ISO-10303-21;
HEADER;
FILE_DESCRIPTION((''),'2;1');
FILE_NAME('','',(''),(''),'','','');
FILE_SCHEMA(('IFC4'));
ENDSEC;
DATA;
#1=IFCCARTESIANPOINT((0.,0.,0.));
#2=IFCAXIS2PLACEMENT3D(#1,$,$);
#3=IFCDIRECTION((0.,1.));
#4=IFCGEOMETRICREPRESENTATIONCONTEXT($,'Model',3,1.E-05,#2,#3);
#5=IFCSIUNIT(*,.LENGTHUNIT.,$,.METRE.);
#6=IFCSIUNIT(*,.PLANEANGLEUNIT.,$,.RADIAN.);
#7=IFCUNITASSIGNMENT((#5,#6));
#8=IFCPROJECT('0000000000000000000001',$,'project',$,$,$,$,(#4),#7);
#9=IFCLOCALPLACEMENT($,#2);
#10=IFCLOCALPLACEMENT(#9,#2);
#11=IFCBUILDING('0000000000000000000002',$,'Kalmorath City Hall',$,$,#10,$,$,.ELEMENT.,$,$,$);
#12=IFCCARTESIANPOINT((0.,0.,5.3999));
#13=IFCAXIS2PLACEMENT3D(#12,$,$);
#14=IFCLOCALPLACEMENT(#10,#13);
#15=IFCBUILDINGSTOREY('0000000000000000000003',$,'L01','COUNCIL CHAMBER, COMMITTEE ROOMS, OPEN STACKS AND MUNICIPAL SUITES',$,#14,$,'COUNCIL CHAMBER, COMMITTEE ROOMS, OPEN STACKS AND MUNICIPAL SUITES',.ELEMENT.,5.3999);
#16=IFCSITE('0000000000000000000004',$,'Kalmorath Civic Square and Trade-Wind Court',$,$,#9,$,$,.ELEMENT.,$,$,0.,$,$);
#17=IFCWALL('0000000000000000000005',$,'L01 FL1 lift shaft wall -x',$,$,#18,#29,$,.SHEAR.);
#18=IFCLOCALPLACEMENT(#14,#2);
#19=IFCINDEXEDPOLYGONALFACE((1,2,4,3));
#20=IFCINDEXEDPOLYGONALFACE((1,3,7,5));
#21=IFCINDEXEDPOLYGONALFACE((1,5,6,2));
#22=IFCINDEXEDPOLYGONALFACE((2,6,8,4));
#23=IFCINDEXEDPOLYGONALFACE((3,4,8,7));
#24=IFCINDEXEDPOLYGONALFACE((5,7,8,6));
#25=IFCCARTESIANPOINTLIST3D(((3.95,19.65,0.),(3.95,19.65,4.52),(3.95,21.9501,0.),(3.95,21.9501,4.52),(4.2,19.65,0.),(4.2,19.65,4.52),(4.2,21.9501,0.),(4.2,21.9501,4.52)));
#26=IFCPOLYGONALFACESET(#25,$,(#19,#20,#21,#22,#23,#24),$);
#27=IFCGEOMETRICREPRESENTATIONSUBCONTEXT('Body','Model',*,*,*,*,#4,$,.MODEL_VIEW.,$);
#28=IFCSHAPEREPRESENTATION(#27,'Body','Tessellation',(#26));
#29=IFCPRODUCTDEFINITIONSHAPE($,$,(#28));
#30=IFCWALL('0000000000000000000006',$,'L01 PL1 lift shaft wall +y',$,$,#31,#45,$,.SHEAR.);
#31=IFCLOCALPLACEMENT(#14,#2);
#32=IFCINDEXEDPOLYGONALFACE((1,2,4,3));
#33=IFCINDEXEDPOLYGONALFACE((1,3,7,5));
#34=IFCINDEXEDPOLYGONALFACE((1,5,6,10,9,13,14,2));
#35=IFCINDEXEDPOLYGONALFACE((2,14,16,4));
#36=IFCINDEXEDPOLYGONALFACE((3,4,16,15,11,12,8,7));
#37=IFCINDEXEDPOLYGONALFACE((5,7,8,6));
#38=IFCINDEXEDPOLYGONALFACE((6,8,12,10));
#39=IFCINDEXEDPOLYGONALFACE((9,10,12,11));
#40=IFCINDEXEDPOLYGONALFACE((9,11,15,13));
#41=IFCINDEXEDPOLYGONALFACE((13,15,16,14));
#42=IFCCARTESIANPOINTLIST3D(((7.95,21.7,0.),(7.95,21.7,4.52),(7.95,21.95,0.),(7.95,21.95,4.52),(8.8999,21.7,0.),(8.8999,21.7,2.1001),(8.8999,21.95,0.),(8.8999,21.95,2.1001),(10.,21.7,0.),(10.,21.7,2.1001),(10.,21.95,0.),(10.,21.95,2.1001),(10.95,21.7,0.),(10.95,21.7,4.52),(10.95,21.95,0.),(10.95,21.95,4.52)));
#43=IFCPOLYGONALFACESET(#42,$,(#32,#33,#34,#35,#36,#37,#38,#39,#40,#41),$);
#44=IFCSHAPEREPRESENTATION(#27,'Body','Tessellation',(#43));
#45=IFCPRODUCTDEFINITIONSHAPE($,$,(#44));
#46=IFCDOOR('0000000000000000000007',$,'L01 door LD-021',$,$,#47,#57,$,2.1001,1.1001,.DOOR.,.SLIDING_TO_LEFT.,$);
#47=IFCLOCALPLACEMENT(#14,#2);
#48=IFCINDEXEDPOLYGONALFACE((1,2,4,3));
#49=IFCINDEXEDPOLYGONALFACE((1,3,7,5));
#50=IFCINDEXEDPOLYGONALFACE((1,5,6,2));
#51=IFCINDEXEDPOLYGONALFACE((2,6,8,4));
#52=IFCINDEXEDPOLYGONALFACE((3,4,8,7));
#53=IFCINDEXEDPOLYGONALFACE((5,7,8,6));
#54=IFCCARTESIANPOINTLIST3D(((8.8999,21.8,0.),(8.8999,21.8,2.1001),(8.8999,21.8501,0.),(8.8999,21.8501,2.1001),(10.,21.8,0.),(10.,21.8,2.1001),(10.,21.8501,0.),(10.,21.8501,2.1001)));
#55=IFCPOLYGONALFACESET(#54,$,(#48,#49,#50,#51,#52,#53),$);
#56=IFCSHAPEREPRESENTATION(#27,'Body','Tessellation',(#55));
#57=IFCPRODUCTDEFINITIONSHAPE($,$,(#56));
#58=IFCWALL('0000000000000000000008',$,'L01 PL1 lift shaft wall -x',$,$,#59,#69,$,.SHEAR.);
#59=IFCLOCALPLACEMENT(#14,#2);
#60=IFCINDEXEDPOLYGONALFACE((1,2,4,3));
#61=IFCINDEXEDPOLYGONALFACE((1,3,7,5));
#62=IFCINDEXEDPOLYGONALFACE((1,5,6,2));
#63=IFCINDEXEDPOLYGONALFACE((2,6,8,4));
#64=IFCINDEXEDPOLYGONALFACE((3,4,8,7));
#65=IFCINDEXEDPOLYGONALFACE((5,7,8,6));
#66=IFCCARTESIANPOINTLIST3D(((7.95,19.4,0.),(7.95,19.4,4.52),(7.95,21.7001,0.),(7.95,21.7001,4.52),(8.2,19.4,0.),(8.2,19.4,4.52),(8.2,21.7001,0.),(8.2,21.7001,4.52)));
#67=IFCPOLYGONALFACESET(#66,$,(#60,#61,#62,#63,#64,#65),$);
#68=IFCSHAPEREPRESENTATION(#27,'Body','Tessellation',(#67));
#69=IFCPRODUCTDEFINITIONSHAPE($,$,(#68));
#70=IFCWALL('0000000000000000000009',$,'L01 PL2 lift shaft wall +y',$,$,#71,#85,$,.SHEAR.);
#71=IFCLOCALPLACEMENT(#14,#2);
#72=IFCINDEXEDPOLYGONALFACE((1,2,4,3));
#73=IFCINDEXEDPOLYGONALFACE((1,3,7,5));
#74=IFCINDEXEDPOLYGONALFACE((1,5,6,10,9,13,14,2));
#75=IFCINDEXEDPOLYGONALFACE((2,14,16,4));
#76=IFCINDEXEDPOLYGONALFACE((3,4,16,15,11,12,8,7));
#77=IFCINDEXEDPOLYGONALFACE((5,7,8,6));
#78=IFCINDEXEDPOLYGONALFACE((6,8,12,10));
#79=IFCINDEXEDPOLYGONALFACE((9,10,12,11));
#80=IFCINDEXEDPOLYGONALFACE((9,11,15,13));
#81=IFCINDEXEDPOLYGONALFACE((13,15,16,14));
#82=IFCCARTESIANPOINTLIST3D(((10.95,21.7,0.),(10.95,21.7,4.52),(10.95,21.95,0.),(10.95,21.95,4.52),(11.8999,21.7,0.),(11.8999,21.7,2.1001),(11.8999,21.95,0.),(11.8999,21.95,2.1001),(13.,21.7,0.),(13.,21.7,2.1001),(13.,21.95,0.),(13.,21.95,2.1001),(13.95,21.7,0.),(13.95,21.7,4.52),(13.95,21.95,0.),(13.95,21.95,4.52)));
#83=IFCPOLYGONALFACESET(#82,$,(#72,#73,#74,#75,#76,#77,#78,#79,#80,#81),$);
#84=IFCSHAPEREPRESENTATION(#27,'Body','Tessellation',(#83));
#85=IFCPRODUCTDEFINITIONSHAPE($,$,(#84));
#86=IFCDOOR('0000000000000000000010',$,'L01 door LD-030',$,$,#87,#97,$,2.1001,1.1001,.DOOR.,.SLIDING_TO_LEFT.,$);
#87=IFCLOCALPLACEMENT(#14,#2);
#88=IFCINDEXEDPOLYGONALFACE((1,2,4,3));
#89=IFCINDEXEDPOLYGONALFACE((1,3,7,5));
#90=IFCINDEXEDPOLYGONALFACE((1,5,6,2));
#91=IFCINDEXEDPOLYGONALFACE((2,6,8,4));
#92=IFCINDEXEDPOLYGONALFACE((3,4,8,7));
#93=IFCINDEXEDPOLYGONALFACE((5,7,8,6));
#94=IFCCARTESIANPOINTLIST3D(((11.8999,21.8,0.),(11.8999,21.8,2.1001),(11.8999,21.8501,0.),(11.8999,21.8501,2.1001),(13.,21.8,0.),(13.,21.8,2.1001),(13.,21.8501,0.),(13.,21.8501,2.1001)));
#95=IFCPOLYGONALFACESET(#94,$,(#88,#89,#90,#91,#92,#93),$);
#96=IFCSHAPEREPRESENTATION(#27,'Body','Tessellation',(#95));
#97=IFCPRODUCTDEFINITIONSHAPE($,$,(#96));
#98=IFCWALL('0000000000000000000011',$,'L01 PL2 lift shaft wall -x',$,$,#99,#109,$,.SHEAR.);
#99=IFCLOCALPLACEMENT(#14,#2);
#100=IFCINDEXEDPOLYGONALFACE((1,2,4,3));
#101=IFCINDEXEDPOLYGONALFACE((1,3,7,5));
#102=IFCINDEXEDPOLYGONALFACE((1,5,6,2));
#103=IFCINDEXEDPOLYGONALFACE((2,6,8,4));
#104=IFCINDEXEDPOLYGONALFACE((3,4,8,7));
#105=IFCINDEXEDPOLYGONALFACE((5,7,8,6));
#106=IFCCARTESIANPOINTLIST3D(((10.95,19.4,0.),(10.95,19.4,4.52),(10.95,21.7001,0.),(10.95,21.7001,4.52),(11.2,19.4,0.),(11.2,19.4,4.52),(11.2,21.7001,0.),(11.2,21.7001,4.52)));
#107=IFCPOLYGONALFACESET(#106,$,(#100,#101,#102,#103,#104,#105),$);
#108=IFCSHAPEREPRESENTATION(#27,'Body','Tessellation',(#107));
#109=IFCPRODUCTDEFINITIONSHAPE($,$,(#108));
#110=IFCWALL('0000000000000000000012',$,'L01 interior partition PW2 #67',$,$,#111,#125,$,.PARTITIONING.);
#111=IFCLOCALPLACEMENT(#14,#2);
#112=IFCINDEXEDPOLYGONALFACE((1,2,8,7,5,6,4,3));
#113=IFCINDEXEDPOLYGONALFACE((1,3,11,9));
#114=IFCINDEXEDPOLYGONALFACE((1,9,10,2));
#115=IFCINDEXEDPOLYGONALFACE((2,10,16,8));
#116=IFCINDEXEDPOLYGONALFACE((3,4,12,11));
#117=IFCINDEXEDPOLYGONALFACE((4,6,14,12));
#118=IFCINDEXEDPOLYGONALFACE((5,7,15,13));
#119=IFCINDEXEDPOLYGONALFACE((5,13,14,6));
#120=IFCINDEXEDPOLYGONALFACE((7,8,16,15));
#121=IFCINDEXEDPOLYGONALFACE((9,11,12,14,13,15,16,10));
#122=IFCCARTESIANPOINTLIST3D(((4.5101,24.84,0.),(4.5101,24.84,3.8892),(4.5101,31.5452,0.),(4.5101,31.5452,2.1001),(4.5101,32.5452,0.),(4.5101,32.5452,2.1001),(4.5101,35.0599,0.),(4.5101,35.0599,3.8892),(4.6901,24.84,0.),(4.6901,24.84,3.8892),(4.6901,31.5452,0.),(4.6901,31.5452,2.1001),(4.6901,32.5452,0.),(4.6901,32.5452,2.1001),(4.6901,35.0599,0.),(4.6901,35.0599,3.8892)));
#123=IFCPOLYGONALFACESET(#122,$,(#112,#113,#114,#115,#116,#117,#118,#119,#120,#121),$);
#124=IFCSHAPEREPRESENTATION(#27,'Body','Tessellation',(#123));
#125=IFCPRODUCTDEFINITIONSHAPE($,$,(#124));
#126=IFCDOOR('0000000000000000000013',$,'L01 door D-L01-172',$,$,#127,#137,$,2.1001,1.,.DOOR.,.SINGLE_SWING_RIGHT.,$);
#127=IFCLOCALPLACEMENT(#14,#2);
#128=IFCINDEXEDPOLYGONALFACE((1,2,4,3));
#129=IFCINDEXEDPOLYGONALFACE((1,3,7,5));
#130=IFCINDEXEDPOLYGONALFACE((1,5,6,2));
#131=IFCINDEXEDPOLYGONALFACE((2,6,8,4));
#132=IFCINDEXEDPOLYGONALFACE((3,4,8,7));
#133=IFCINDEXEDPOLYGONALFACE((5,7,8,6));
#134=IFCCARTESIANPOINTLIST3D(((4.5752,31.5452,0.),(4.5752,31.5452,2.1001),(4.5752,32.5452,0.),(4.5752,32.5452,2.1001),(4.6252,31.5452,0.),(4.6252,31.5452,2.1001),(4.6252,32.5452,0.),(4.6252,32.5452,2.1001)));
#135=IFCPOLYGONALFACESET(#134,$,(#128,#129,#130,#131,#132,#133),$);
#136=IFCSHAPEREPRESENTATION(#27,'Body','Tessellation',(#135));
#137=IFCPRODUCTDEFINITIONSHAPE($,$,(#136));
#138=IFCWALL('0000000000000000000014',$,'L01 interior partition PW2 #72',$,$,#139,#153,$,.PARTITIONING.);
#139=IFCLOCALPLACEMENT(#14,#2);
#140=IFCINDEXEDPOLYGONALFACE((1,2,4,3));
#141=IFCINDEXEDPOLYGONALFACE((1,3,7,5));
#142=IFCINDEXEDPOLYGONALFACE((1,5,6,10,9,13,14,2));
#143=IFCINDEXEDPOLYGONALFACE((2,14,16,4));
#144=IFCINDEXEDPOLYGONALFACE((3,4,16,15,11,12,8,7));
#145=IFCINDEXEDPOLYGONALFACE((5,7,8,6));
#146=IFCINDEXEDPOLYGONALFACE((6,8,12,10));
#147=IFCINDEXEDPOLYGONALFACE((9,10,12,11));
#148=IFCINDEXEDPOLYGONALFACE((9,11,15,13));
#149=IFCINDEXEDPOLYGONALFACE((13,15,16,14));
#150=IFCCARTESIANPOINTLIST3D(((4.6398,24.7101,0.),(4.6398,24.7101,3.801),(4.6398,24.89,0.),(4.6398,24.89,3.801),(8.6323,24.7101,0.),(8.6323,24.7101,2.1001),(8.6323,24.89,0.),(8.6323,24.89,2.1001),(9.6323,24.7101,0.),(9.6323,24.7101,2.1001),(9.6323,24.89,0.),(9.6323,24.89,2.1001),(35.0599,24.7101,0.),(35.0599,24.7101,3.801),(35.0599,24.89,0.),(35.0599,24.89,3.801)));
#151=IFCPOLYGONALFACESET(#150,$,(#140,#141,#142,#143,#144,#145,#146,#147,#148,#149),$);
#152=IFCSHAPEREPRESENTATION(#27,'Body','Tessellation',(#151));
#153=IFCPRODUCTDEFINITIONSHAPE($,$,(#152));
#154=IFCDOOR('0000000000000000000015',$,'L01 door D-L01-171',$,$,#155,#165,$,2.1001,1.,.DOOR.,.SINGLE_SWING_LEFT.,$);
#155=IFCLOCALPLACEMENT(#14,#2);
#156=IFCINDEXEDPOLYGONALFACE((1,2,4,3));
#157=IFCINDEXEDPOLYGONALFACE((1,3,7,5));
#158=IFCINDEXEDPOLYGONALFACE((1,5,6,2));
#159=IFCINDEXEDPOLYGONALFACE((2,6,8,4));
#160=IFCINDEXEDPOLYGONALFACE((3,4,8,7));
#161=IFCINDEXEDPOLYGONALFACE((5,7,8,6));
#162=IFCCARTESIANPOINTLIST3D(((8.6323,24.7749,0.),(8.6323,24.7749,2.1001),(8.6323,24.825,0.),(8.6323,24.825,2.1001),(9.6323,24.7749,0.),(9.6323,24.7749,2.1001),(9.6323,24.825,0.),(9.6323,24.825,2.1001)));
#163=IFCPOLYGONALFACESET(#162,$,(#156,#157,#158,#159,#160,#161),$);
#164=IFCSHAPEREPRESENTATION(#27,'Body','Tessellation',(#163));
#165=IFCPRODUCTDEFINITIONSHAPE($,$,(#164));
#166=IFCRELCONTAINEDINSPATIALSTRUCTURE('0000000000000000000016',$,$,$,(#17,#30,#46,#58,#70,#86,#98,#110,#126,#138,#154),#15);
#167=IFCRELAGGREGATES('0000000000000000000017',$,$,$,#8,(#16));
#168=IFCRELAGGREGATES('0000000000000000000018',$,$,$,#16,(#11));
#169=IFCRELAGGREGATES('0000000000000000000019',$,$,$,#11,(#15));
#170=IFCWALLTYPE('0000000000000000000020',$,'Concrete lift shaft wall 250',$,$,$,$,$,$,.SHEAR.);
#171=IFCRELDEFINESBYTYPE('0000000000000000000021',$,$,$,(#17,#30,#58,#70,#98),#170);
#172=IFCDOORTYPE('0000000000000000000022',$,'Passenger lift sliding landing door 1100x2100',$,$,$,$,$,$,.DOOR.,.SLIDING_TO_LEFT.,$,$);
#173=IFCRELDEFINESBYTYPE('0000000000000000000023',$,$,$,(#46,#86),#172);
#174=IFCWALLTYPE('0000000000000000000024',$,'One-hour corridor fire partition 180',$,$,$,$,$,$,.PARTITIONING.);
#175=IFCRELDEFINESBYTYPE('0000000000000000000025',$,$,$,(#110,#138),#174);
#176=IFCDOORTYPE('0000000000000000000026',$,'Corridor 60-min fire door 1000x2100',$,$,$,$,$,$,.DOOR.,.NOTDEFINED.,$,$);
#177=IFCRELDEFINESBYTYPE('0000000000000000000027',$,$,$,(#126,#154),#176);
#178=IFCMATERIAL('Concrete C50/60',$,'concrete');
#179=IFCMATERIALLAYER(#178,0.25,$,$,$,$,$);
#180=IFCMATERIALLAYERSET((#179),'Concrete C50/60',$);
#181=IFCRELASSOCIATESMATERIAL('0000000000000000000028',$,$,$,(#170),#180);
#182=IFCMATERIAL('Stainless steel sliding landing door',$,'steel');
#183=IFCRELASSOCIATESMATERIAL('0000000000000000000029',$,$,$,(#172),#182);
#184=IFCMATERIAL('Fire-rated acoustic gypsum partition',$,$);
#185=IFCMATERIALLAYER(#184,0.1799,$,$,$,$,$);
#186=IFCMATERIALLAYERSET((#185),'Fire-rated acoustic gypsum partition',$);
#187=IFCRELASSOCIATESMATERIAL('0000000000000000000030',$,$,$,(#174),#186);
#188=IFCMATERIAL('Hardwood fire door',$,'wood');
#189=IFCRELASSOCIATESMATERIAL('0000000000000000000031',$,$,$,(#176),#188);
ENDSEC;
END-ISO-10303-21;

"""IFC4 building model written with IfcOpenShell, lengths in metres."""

from ifc_helpers import new_model, si_unit, direction, frame, frame_2d, origin, place, context, subcontext, project, spatial, rectangle, extrude, material, layer, layer_set, type_object, element, fill, save


model = new_model("IFC4")

# Units and contexts
model_context = context("Model", 3, precision=1e-05, world=origin(), true_north=direction((0.0, 1.0)))
body_context = subcontext(model_context, "Body", "Model", "MODEL_VIEW")
ifc_project = project(units=[si_unit("LENGTHUNIT", "METRE"), si_unit("PLANEANGLEUNIT", "RADIAN")], contexts=[model_context])

# Site, building, storey
site_placement = place(None, origin())
site = spatial("IfcSite", under=ifc_project, at=site_placement, Name="Kalmorath Civic Square and Trade-Wind Court", CompositionType="ELEMENT", RefElevation=0.0)
building_placement = place(site_placement, origin())
building = spatial("IfcBuilding", under=site, at=building_placement, Name="Kalmorath City Hall", CompositionType="ELEMENT")
storey_placement = place(building_placement, frame((0.0, 0.0, 5.3999)))
storey = spatial("IfcBuildingStorey", under=building, at=storey_placement, Name="L01", Description="COUNCIL CHAMBER, COMMITTEE ROOMS, OPEN STACKS AND MUNICIPAL SUITES", LongName="COUNCIL CHAMBER, COMMITTEE ROOMS, OPEN STACKS AND MUNICIPAL SUITES", CompositionType="ELEMENT", Elevation=5.3999)

# Wall
ifc_material_1 = material(Name="Concrete C50/60", Category="concrete")
ifc_layer_1 = layer(ifc_material_1, 0.25)
ifc_layer_set_1 = layer_set([ifc_layer_1], Name="Concrete C50/60")
wall_type_1 = type_object("IfcWallType", Name="Concrete lift shaft wall 250", PredefinedType="SHEAR", material=ifc_layer_set_1)
wall_1_placement = place(storey_placement, frame((4.075, 21.95, 0.0), z_axis=(0.0, 0.0, 1.0), x_axis=(0.0, -1.0, 0.0)))
element("IfcWall", 1, at=wall_1_placement, inside=storey, type_object=wall_type_1, Name="L01 FL1 lift shaft wall -x", PredefinedType="SHEAR", context=body_context, shape_type="SweptSolid", body=[
    extrude(rectangle(XDim=2.3, YDim=0.25, at=frame_2d((1.1499, 0.0))), origin(), (0.0, 0.0, 1.0), 4.52),
])

# Wall, opening, door
wall_2_placement = place(storey_placement, frame((10.95, 21.825, 0.0), z_axis=(0.0, 0.0, 1.0), x_axis=(-1.0, 0.0, 0.0)))
wall_2 = element("IfcWall", 2, at=wall_2_placement, inside=storey, type_object=wall_type_1, Name="L01 PL1 lift shaft wall +y", PredefinedType="SHEAR", context=body_context, shape_type="SweptSolid", body=[
    extrude(rectangle(XDim=3.0, YDim=0.25, at=frame_2d((1.5, 0.0))), origin(), (0.0, 0.0, 1.0), 4.52),
])
opening_1_placement = place(wall_2_placement, frame((0.95, 0.0, 0.0)))
opening_1 = element("IfcOpeningElement", 3, at=opening_1_placement, cuts=wall_2, PredefinedType="OPENING", context=body_context, shape_type="SweptSolid", body=[
    extrude(rectangle(XDim=1.1001, YDim=2.1001, at=frame_2d((0.55, 1.05))), frame((0.0, 0.135, 0.0), z_axis=(0.0, -1.0, 0.0), x_axis=(1.0, 0.0, 0.0)), (0.0, 0.0, 1.0), 0.27),
])
ifc_material_2 = material(Name="Stainless steel sliding landing door", Category="steel")
door_type_1 = type_object("IfcDoorType", Name="Passenger lift sliding landing door 1100x2100", OperationType="SLIDING_TO_LEFT", PredefinedType="DOOR", material=ifc_material_2)
door_1_placement = place(opening_1_placement, origin())
door_1 = element("IfcDoor", 4, at=door_1_placement, inside=storey, type_object=door_type_1, Name="L01 door LD-021", OperationType="SLIDING_TO_LEFT", OverallHeight=2.1001, OverallWidth=1.1001, PredefinedType="DOOR", context=body_context, shape_type="SweptSolid", body=[
    extrude(rectangle(XDim=1.1001, YDim=2.1001, at=frame_2d((0.55, 1.05))), frame((0.0, 0.0249, 0.0), z_axis=(0.0, -1.0, 0.0), x_axis=(1.0, 0.0, 0.0)), (0.0, 0.0, 1.0), 0.05),
])
fill(opening_1, door_1)

# Wall
wall_3_placement = place(storey_placement, frame((8.075, 21.7, 0.0), z_axis=(0.0, 0.0, 1.0), x_axis=(0.0, -1.0, 0.0)))
element("IfcWall", 5, at=wall_3_placement, inside=storey, type_object=wall_type_1, Name="L01 PL1 lift shaft wall -x", PredefinedType="SHEAR", context=body_context, shape_type="SweptSolid", body=[
    extrude(rectangle(XDim=2.3, YDim=0.25, at=frame_2d((1.1499, 0.0))), origin(), (0.0, 0.0, 1.0), 4.52),
])

# Wall, opening, door
wall_4_placement = place(storey_placement, frame((13.95, 21.825, 0.0), z_axis=(0.0, 0.0, 1.0), x_axis=(-1.0, 0.0, 0.0)))
wall_4 = element("IfcWall", 6, at=wall_4_placement, inside=storey, type_object=wall_type_1, Name="L01 PL2 lift shaft wall +y", PredefinedType="SHEAR", context=body_context, shape_type="SweptSolid", body=[
    extrude(rectangle(XDim=3.0, YDim=0.25, at=frame_2d((1.5, 0.0))), origin(), (0.0, 0.0, 1.0), 4.52),
])
opening_2_placement = place(wall_4_placement, frame((0.95, 0.0, 0.0)))
opening_2 = element("IfcOpeningElement", 7, at=opening_2_placement, cuts=wall_4, PredefinedType="OPENING", context=body_context, shape_type="SweptSolid", body=[
    extrude(rectangle(XDim=1.1001, YDim=2.1001, at=frame_2d((0.55, 1.05))), frame((0.0, 0.135, 0.0), z_axis=(0.0, -1.0, 0.0), x_axis=(1.0, 0.0, 0.0)), (0.0, 0.0, 1.0), 0.27),
])
door_2_placement = place(opening_2_placement, origin())
door_2 = element("IfcDoor", 8, at=door_2_placement, inside=storey, type_object=door_type_1, Name="L01 door LD-030", OperationType="SLIDING_TO_LEFT", OverallHeight=2.1001, OverallWidth=1.1001, PredefinedType="DOOR", context=body_context, shape_type="SweptSolid", body=[
    extrude(rectangle(XDim=1.1001, YDim=2.1001, at=frame_2d((0.55, 1.05))), frame((0.0, 0.0249, 0.0), z_axis=(0.0, -1.0, 0.0), x_axis=(1.0, 0.0, 0.0)), (0.0, 0.0, 1.0), 0.05),
])
fill(opening_2, door_2)

# Wall
wall_5_placement = place(storey_placement, frame((11.075, 21.7, 0.0), z_axis=(0.0, 0.0, 1.0), x_axis=(0.0, -1.0, 0.0)))
element("IfcWall", 9, at=wall_5_placement, inside=storey, type_object=wall_type_1, Name="L01 PL2 lift shaft wall -x", PredefinedType="SHEAR", context=body_context, shape_type="SweptSolid", body=[
    extrude(rectangle(XDim=2.3, YDim=0.25, at=frame_2d((1.1499, 0.0))), origin(), (0.0, 0.0, 1.0), 4.52),
])

# Walls, openings, doors
ifc_material_3 = material(Name="Fire-rated acoustic gypsum partition")
ifc_layer_2 = layer(ifc_material_3, 0.1799)
ifc_layer_set_2 = layer_set([ifc_layer_2], Name="Fire-rated acoustic gypsum partition")
wall_type_2 = type_object("IfcWallType", Name="One-hour corridor fire partition 180", PredefinedType="PARTITIONING", material=ifc_layer_set_2)
wall_6_placement = place(storey_placement, frame((4.6001, 24.8401, 0.0), z_axis=(0.0, 0.0, 1.0), x_axis=(0.0, 1.0, 0.0)))
wall_6 = element("IfcWall", 10, at=wall_6_placement, inside=storey, type_object=wall_type_2, Name="L01 interior partition PW2 #67", PredefinedType="PARTITIONING", context=body_context, shape_type="SweptSolid", body=[
    extrude(rectangle(XDim=10.22, YDim=0.1799, at=frame_2d((5.1099, 0.0))), origin(), (0.0, 0.0, 1.0), 3.8892),
])
opening_3_placement = place(wall_6_placement, frame((6.7051, 0.0, 0.0)))
opening_3 = element("IfcOpeningElement", 11, at=opening_3_placement, cuts=wall_6, PredefinedType="OPENING", context=body_context, shape_type="SweptSolid", body=[
    extrude(rectangle(XDim=1.0, YDim=2.1001, at=frame_2d((0.5, 1.05))), frame((0.0, 0.0999, 0.0), z_axis=(0.0, -1.0, 0.0), x_axis=(1.0, 0.0, 0.0)), (0.0, 0.0, 1.0), 0.2),
])
ifc_material_4 = material(Name="Hardwood fire door", Category="wood")
door_type_2 = type_object("IfcDoorType", Name="Corridor 60-min fire door 1000x2100", OperationType="NOTDEFINED", PredefinedType="DOOR", material=ifc_material_4)
door_3_placement = place(opening_3_placement, origin())
door_3 = element("IfcDoor", 12, at=door_3_placement, inside=storey, type_object=door_type_2, Name="L01 door D-L01-172", OperationType="SINGLE_SWING_RIGHT", OverallHeight=2.1001, OverallWidth=1.0, PredefinedType="DOOR", context=body_context, shape_type="SweptSolid", body=[
    extrude(rectangle(XDim=1.0, YDim=2.1001, at=frame_2d((0.5, 1.05))), frame((0.0, 0.0249, 0.0), z_axis=(0.0, -1.0, 0.0), x_axis=(1.0, 0.0, 0.0)), (0.0, 0.0, 1.0), 0.05),
])
fill(opening_3, door_3)
wall_7_placement = place(storey_placement, frame((4.6399, 24.8, 0.0), z_axis=(0.0, 0.0, 1.0), x_axis=(1.0, 0.0, 0.0)))
wall_7 = element("IfcWall", 13, at=wall_7_placement, inside=storey, type_object=wall_type_2, Name="L01 interior partition PW2 #72", PredefinedType="PARTITIONING", context=body_context, shape_type="SweptSolid", body=[
    extrude(rectangle(XDim=30.4202, YDim=0.1799, at=frame_2d((15.21, 0.0))), origin(), (0.0, 0.0, 1.0), 3.801),
])
opening_4_placement = place(wall_7_placement, frame((3.9924, 0.0, 0.0)))
opening_4 = element("IfcOpeningElement", 14, at=opening_4_placement, cuts=wall_7, PredefinedType="OPENING", context=body_context, shape_type="SweptSolid", body=[
    extrude(rectangle(XDim=1.0, YDim=2.1001, at=frame_2d((0.5, 1.05))), frame((0.0, 0.0999, 0.0), z_axis=(0.0, -1.0, 0.0), x_axis=(1.0, 0.0, 0.0)), (0.0, 0.0, 1.0), 0.2),
])
door_4_placement = place(opening_4_placement, origin())
door_4 = element("IfcDoor", 15, at=door_4_placement, inside=storey, type_object=door_type_2, Name="L01 door D-L01-171", OperationType="SINGLE_SWING_LEFT", OverallHeight=2.1001, OverallWidth=1.0, PredefinedType="DOOR", context=body_context, shape_type="SweptSolid", body=[
    extrude(rectangle(XDim=1.0, YDim=2.1001, at=frame_2d((0.5, 1.05))), frame((0.0, 0.0249, 0.0), z_axis=(0.0, -1.0, 0.0), x_axis=(1.0, 0.0, 0.0)), (0.0, 0.0, 1.0), 0.05),
])
fill(opening_4, door_4)

save(model, "model.ifc")
